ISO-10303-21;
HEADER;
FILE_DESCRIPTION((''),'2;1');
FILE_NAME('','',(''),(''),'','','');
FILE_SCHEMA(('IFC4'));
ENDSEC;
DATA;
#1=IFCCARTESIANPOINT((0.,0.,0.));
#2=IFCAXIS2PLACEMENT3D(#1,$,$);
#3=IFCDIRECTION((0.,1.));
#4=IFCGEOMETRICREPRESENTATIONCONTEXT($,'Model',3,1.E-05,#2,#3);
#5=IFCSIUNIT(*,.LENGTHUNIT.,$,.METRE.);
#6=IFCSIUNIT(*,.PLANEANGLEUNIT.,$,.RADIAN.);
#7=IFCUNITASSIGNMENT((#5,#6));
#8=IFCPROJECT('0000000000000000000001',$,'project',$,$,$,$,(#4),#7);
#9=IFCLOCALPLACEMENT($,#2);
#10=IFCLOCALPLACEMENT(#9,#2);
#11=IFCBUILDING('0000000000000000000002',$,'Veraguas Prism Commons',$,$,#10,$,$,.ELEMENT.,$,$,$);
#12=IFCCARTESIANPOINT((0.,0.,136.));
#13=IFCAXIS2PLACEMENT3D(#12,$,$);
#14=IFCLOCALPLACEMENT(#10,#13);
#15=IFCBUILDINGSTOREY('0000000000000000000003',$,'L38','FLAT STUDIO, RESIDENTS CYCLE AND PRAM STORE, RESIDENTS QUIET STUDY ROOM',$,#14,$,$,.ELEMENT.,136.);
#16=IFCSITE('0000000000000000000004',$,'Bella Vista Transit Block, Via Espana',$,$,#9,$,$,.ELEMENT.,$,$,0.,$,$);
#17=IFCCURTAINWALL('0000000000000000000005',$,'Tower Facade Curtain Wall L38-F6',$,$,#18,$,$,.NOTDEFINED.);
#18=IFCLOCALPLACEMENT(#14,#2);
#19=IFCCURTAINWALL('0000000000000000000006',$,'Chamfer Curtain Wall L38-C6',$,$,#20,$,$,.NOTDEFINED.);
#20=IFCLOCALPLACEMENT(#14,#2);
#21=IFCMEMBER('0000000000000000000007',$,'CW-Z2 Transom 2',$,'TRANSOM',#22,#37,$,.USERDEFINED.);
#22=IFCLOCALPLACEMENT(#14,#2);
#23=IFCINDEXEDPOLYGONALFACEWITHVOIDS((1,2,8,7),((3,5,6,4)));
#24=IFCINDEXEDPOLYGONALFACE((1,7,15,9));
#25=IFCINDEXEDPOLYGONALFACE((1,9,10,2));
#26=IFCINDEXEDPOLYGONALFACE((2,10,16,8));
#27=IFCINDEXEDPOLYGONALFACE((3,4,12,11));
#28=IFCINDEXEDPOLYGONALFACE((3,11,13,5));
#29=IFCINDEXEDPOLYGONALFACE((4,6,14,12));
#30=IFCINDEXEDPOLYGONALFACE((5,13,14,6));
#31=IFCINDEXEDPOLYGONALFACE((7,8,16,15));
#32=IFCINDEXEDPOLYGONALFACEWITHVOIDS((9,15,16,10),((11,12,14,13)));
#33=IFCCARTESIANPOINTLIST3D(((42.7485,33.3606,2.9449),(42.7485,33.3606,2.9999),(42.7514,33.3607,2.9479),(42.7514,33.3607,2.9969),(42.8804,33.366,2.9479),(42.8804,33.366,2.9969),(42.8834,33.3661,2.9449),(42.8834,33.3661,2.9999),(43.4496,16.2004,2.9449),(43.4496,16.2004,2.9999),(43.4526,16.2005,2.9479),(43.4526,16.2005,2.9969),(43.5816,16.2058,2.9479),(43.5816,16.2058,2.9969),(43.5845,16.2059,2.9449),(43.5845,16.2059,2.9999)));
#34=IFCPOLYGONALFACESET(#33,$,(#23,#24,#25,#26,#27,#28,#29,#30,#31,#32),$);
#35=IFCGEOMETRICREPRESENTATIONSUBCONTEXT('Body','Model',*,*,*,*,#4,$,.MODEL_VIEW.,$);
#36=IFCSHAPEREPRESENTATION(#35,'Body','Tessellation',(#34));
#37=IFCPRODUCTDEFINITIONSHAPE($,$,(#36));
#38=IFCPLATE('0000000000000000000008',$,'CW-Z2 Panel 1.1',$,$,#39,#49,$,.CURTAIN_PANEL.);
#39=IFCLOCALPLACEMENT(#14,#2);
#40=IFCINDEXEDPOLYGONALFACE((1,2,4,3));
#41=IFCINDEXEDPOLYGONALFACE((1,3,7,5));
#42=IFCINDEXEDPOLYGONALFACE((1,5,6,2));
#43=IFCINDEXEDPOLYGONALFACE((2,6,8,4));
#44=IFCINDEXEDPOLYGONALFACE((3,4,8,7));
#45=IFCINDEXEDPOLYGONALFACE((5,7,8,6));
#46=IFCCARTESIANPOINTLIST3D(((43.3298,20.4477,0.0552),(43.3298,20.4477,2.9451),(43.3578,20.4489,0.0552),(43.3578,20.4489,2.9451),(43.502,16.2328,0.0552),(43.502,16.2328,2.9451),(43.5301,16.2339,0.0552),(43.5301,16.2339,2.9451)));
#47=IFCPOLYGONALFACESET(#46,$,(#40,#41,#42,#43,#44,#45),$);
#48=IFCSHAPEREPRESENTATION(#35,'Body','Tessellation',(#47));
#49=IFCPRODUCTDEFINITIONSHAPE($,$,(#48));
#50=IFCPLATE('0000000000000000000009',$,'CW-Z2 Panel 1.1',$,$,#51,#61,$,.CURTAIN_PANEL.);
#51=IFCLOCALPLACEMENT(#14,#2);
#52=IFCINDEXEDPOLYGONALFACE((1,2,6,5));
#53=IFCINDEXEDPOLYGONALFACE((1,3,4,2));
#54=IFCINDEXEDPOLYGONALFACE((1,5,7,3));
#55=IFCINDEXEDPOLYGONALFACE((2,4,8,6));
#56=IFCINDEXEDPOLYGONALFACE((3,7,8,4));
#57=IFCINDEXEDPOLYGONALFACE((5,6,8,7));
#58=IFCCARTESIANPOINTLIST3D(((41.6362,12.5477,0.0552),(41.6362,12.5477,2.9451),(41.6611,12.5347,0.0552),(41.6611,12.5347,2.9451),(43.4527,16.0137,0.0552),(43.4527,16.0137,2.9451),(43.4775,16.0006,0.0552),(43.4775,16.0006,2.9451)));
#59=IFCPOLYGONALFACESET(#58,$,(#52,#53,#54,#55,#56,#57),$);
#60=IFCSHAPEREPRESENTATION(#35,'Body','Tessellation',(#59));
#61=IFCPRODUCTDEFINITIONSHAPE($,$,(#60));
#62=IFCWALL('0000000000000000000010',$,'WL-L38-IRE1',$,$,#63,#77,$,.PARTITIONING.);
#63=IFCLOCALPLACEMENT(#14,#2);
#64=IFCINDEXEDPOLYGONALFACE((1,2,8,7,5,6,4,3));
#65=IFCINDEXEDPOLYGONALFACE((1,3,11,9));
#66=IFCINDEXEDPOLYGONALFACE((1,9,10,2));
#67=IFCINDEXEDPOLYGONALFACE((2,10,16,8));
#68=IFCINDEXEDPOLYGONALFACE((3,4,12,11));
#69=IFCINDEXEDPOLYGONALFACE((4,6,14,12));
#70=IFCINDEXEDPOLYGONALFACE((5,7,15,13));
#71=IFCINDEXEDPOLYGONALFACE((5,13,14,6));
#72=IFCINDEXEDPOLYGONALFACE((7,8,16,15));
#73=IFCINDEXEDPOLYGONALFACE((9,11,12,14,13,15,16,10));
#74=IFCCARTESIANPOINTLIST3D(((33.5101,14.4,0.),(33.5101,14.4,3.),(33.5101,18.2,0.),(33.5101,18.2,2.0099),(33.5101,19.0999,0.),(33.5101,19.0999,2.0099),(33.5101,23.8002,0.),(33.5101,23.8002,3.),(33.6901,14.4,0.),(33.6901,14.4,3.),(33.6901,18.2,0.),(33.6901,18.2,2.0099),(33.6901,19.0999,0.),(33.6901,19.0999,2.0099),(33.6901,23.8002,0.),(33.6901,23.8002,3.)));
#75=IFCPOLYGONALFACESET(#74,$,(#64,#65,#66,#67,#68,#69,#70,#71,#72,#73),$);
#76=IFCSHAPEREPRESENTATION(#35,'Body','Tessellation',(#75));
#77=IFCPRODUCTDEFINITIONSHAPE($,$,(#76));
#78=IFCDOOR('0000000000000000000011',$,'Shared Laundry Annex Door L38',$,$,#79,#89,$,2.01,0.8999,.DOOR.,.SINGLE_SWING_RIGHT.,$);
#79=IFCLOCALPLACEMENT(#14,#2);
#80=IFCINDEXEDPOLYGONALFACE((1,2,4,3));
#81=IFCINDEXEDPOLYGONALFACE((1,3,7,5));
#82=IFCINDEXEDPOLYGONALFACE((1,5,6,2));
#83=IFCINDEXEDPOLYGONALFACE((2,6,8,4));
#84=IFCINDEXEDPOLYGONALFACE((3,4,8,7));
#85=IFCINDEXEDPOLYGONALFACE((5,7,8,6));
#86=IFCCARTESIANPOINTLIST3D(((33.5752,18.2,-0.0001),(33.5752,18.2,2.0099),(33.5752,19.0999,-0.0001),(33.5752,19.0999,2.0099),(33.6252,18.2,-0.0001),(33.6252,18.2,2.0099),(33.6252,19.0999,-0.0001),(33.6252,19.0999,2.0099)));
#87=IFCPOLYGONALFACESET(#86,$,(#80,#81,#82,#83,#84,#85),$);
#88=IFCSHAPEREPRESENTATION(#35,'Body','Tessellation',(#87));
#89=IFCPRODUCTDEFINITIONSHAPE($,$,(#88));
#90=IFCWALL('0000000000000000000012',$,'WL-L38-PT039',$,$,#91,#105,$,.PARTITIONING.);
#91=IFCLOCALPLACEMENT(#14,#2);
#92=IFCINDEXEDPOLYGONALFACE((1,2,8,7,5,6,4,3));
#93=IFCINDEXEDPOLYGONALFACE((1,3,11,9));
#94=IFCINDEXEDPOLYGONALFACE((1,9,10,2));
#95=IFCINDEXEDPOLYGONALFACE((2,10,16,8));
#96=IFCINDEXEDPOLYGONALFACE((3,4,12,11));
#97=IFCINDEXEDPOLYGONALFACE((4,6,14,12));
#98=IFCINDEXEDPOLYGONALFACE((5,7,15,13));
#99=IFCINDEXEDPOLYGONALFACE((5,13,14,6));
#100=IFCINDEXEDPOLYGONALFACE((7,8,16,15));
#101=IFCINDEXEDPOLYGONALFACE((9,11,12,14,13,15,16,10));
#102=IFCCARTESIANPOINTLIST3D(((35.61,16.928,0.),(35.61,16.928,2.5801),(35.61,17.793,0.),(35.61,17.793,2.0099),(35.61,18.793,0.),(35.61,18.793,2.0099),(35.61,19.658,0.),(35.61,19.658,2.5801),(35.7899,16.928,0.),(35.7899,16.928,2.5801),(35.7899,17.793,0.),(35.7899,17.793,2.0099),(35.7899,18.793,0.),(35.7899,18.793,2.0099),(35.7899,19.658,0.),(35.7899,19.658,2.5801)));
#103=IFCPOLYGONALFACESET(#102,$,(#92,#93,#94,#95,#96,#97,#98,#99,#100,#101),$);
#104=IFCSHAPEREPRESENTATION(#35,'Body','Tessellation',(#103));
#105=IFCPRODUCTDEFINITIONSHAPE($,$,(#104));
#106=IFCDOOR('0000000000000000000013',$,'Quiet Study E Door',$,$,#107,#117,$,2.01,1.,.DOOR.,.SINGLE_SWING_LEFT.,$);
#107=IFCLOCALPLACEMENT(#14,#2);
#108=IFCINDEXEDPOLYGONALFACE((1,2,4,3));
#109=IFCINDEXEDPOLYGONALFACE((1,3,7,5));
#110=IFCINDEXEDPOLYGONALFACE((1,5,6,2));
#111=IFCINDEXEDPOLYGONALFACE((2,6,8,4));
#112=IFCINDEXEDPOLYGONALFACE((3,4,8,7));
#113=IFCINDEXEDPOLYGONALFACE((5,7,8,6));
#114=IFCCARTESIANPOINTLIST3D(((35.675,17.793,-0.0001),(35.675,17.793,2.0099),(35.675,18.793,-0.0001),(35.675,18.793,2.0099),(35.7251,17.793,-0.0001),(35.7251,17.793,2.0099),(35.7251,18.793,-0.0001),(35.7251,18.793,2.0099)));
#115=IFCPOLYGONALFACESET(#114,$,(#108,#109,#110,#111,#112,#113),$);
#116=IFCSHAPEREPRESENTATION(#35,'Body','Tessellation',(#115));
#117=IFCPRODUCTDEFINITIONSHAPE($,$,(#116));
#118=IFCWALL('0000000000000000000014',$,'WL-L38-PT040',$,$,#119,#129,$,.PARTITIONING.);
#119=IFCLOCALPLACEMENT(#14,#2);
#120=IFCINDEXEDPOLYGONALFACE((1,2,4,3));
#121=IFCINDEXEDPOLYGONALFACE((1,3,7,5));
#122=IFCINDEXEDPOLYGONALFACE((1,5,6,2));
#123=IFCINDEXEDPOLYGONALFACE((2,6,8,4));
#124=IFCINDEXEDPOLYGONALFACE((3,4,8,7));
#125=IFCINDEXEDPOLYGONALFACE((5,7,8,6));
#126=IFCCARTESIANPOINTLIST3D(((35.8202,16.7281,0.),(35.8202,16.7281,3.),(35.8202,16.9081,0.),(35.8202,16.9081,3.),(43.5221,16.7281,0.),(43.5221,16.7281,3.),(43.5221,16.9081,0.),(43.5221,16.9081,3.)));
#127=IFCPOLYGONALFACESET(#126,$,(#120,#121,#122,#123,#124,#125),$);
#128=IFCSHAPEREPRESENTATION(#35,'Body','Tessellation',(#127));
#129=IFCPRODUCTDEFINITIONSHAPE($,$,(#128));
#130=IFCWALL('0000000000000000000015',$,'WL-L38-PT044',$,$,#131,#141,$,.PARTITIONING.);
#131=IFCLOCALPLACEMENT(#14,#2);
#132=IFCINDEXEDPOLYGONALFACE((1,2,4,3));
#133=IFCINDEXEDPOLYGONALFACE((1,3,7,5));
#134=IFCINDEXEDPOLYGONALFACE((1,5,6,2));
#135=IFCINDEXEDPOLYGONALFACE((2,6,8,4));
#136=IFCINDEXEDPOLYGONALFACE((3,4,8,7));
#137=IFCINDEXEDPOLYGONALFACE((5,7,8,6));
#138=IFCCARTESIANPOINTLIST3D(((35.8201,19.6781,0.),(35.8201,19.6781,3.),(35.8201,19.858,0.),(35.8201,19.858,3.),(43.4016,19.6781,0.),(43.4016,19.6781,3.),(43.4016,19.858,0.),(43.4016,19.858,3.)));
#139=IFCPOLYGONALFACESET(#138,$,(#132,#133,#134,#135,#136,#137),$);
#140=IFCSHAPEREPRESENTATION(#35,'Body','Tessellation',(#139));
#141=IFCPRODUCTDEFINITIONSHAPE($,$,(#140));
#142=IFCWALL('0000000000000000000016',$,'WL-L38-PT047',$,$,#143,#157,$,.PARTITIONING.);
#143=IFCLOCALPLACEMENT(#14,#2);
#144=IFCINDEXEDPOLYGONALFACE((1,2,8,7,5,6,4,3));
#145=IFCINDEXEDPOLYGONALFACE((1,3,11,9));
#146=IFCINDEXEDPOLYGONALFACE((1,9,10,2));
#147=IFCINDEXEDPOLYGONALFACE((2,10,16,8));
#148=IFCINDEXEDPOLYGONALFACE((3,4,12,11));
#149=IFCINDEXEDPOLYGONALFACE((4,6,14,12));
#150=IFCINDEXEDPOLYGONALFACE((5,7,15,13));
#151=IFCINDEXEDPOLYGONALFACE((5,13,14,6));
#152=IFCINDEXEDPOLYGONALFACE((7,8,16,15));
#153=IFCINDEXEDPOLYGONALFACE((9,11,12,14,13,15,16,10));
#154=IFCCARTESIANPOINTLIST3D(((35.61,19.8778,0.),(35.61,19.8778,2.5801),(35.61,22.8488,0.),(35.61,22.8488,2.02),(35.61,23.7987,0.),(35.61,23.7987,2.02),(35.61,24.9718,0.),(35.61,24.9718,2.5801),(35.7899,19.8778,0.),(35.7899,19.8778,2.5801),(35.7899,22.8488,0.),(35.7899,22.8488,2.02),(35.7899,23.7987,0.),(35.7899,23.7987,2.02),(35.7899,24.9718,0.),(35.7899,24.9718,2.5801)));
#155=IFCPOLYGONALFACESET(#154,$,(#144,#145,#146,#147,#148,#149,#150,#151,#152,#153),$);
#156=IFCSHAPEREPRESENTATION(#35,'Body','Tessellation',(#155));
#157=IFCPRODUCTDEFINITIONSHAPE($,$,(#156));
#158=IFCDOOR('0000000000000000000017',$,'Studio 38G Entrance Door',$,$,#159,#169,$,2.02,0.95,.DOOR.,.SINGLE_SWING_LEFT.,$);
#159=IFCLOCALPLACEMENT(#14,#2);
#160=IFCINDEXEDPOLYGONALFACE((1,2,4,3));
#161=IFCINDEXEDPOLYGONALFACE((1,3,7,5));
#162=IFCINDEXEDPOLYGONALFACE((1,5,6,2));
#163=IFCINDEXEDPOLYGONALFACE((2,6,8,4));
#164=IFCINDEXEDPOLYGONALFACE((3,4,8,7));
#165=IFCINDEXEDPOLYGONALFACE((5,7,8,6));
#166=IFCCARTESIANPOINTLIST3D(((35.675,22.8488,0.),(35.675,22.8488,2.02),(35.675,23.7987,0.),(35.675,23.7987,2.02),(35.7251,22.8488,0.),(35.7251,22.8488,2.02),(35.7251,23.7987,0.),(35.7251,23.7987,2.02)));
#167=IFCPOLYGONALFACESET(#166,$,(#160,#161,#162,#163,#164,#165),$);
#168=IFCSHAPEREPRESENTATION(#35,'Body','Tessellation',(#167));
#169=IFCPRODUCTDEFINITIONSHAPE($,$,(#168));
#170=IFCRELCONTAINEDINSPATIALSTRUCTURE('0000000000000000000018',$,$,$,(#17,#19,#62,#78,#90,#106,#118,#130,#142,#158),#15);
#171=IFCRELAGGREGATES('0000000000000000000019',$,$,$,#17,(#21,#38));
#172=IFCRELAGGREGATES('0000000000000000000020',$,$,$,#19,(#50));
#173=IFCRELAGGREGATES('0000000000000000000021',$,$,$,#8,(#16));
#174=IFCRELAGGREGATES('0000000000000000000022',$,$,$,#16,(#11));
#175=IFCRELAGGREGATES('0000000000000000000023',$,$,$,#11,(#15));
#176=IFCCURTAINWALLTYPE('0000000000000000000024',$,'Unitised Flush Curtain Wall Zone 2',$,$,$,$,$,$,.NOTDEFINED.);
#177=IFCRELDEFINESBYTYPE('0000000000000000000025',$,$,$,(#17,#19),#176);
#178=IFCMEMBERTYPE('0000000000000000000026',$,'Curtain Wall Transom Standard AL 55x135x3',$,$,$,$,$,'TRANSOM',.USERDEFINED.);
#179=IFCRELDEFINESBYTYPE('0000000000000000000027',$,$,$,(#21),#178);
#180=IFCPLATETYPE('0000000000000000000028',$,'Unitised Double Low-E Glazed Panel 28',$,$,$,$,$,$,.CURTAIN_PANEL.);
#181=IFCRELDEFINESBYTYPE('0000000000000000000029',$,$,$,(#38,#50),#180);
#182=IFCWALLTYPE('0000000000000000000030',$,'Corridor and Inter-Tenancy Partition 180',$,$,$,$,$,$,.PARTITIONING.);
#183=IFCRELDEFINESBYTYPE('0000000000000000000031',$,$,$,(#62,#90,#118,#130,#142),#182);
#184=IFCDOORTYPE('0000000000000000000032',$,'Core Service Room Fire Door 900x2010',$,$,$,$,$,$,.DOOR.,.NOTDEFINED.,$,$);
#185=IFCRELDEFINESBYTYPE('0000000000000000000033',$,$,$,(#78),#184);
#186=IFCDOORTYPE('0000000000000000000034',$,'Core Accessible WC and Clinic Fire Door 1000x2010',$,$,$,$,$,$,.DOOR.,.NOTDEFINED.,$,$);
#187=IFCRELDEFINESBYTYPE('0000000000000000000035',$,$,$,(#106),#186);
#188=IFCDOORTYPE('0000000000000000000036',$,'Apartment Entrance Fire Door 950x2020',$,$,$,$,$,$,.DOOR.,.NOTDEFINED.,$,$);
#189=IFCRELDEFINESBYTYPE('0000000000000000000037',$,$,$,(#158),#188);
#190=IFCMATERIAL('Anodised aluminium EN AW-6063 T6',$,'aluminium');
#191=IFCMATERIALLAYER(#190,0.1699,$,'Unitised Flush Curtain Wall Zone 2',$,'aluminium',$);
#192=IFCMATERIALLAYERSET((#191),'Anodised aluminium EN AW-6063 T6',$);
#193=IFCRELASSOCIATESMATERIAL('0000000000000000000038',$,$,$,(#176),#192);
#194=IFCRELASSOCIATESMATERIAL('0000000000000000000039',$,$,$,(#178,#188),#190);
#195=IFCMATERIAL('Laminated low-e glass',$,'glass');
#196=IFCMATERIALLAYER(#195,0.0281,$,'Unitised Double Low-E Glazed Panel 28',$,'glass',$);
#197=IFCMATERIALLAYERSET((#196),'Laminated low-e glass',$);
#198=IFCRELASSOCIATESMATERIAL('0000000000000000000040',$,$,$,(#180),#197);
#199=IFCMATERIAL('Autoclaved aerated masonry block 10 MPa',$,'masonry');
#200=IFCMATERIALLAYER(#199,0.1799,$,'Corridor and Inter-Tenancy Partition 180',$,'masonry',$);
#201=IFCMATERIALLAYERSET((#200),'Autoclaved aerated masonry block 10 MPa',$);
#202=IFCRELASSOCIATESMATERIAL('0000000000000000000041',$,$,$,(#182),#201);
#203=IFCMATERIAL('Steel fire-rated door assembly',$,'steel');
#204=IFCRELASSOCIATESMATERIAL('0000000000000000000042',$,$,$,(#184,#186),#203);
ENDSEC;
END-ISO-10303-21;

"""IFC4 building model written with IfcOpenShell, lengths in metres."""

from ifc_helpers import new_model, si_unit, direction, frame, frame_2d, origin, origin_2d, place, context, subcontext, project, spatial, rectangle, hollow_rectangle, extrude, source, transform, mapped, material, layer, layer_set, material_profile, profile_set, type_object, element, fill, aggregate, save


model = new_model("IFC4")

# Units and contexts
model_context = context("Model", 3, precision=1e-05, world=origin(), true_north=direction((0.0, 1.0)))
body_context = subcontext(model_context, "Body", "Model", "MODEL_VIEW")
ifc_project = project(units=[si_unit("LENGTHUNIT", "METRE"), si_unit("PLANEANGLEUNIT", "RADIAN")], contexts=[model_context])

# Site, building, storey
site_placement = place(None, origin())
site = spatial("IfcSite", under=ifc_project, at=site_placement, Name="Bella Vista Transit Block, Via Espana", CompositionType="ELEMENT", RefElevation=0.0)
building_placement = place(site_placement, origin())
building = spatial("IfcBuilding", under=site, at=building_placement, Name="Veraguas Prism Commons", CompositionType="ELEMENT")
storey_placement = place(building_placement, frame((0.0, 0.0, 136.0)))
storey = spatial("IfcBuildingStorey", under=building, at=storey_placement, Name="L38", Description="FLAT STUDIO, RESIDENTS CYCLE AND PRAM STORE, RESIDENTS QUIET STUDY ROOM", CompositionType="ELEMENT", Elevation=136.0)

# Curtain wall
ifc_material_1 = material(Name="Anodised aluminium EN AW-6063 T6", Category="aluminium")
ifc_layer_1 = layer(ifc_material_1, 0.1699, Name="Unitised Flush Curtain Wall Zone 2", Category="aluminium")
ifc_layer_set_1 = layer_set([ifc_layer_1], Name="Anodised aluminium EN AW-6063 T6")
curtain_wall_type = type_object("IfcCurtainWallType", Name="Unitised Flush Curtain Wall Zone 2", PredefinedType="NOTDEFINED", material=ifc_layer_set_1)
curtain_wall_1_placement = place(storey_placement, origin())
curtain_wall_1 = element("IfcCurtainWall", 1, at=curtain_wall_1_placement, inside=storey, type_object=curtain_wall_type, Name="Tower Facade Curtain Wall L38-F6", PredefinedType="NOTDEFINED")

# Curtain wall
curtain_wall_2_placement = place(storey_placement, origin())
curtain_wall_2 = element("IfcCurtainWall", 2, at=curtain_wall_2_placement, inside=storey, type_object=curtain_wall_type, Name="Chamfer Curtain Wall L38-C6", PredefinedType="NOTDEFINED")

# Member
ifc_material_profile_1 = material_profile(ifc_material_1, hollow_rectangle(XDim=0.0549, YDim=0.135, WallThickness=0.0029, at=origin_2d()), Name="AL55X135X3")
ifc_profile_set_1 = profile_set([ifc_material_profile_1], Name="Anodised aluminium EN AW-6063 T6")
member_type_1 = type_object("IfcMemberType", Name="Curtain Wall Transom Standard AL 55x135x3", ElementType="TRANSOM", PredefinedType="USERDEFINED", material=ifc_profile_set_1)
shared_shape_1 = source(origin(), body_context, "Body", "SweptSolid", [
    extrude(hollow_rectangle(XDim=0.0549, YDim=0.135, WallThickness=0.0029, at=origin_2d()), origin(), (0.0, 0.0, 1.0), 17.1746),
])
member_1_placement = place(storey_placement, frame((43.5171, 16.2031, 2.9724), z_axis=(-0.040826, 0.999166, 0.0), x_axis=(0.0, 0.0, 1.0)))
member_1 = element("IfcMember", 3, at=member_1_placement, type_object=member_type_1, Name="CW-Z2 Transom 2", ObjectType="TRANSOM", PredefinedType="USERDEFINED", context=body_context, shape_type="MappedRepresentation", body=[
    mapped(shared_shape_1, transform((0.0, 0.0, 0.0), scale=1.0)),
])

# Plates
ifc_material_2 = material(Name="Laminated low-e glass", Category="glass")
ifc_layer_2 = layer(ifc_material_2, 0.0281, Name="Unitised Double Low-E Glazed Panel 28", Category="glass")
ifc_layer_set_2 = layer_set([ifc_layer_2], Name="Laminated low-e glass")
plate_type = type_object("IfcPlateType", Name="Unitised Double Low-E Glazed Panel 28", PredefinedType="CURTAIN_PANEL", material=ifc_layer_set_2)
shared_shape_2 = source(origin(), body_context, "Body", "SweptSolid", [
    extrude(rectangle(XDim=4.2185, YDim=0.0281, at=origin_2d()), origin(), (0.0, 0.0, 1.0), 2.8899),
])
plate_1_placement = place(storey_placement, frame((43.4299, 18.3408, 0.0552), z_axis=(0.0, 0.0, 1.0), x_axis=(-0.040836, 0.999166, 0.0)))
plate_1 = element("IfcPlate", 4, at=plate_1_placement, type_object=plate_type, Name="CW-Z2 Panel 1.1", PredefinedType="CURTAIN_PANEL", context=body_context, shape_type="MappedRepresentation", body=[
    mapped(shared_shape_2, transform((0.0, 0.0, 0.0), scale=1.0)),
])
aggregate(curtain_wall_1, [member_1, plate_1])
shared_shape_3 = source(origin(), body_context, "Body", "SweptSolid", [
    extrude(rectangle(XDim=3.9131, YDim=0.0281, at=origin_2d()), origin(), (0.0, 0.0, 1.0), 2.8899),
])
plate_2_placement = place(storey_placement, frame((42.5569, 14.2742, 0.0552), z_axis=(0.0, 0.0, 1.0), x_axis=(0.464201, 0.88573, 0.0)))
plate_2 = element("IfcPlate", 5, at=plate_2_placement, type_object=plate_type, Name="CW-Z2 Panel 1.1", PredefinedType="CURTAIN_PANEL", context=body_context, shape_type="MappedRepresentation", body=[
    mapped(shared_shape_3, transform((0.0, 0.0, 0.0), scale=1.0)),
])
aggregate(curtain_wall_2, [plate_2])

# Walls, openings, doors
ifc_material_3 = material(Name="Autoclaved aerated masonry block 10 MPa", Category="masonry")
ifc_layer_3 = layer(ifc_material_3, 0.1799, Name="Corridor and Inter-Tenancy Partition 180", Category="masonry")
ifc_layer_set_3 = layer_set([ifc_layer_3], Name="Autoclaved aerated masonry block 10 MPa")
wall_type_1 = type_object("IfcWallType", Name="Corridor and Inter-Tenancy Partition 180", PredefinedType="PARTITIONING", material=ifc_layer_set_3)
wall_1_placement = place(storey_placement, frame((33.6001, 14.3999, 0.0), z_axis=(0.0, 0.0, 1.0), x_axis=(0.0, 1.0, 0.0)))
wall_1 = element("IfcWall", 6, at=wall_1_placement, inside=storey, type_object=wall_type_1, Name="WL-L38-IRE1", PredefinedType="PARTITIONING", context=body_context, shape_type="SweptSolid", body=[
    extrude(rectangle(XDim=9.4001, YDim=0.1799, at=frame_2d((4.7002, 0.0))), origin(), (0.0, 0.0, 1.0), 3.0),
])
opening_1_placement = place(wall_1_placement, frame((3.8, 0.0, 0.0)))
opening_1 = element("IfcOpeningElement", 7, at=opening_1_placement, cuts=wall_1, PredefinedType="OPENING", context=body_context, shape_type="SweptSolid", body=[
    extrude(rectangle(XDim=0.8999, YDim=2.01, at=frame_2d((0.45, 1.0049))), frame((0.0, 0.0999, 0.0), z_axis=(0.0, -1.0, 0.0), x_axis=(1.0, 0.0, 0.0)), (0.0, 0.0, 1.0), 0.2),
])
ifc_material_4 = material(Name="Steel fire-rated door assembly", Category="steel")
door_type_1 = type_object("IfcDoorType", Name="Core Service Room Fire Door 900x2010", OperationType="NOTDEFINED", PredefinedType="DOOR", material=ifc_material_4)
shared_shape_4 = source(origin(), body_context, "Body", "SweptSolid", [
    extrude(rectangle(XDim=0.8999, YDim=2.01, at=frame_2d((0.45, 1.0049))), frame((0.0, 0.0249, 0.0), z_axis=(0.0, -1.0, 0.0), x_axis=(1.0, 0.0, 0.0)), (0.0, 0.0, 1.0), 0.05),
])
door_1_placement = place(opening_1_placement, origin())
door_1 = element("IfcDoor", 8, at=door_1_placement, inside=storey, type_object=door_type_1, Name="Shared Laundry Annex Door L38", OperationType="SINGLE_SWING_RIGHT", OverallHeight=2.01, OverallWidth=0.8999, PredefinedType="DOOR", context=body_context, shape_type="MappedRepresentation", body=[
    mapped(shared_shape_4, transform((0.0, 0.0, 0.0), scale=1.0)),
])
fill(opening_1, door_1)
wall_2_placement = place(storey_placement, frame((35.7, 16.928, 0.0), z_axis=(0.0, 0.0, 1.0), x_axis=(0.0, 1.0, 0.0)))
wall_2 = element("IfcWall", 9, at=wall_2_placement, inside=storey, type_object=wall_type_1, Name="WL-L38-PT039", PredefinedType="PARTITIONING", context=body_context, shape_type="SweptSolid", body=[
    extrude(rectangle(XDim=2.73, YDim=0.1799, at=frame_2d((1.365, 0.0))), origin(), (0.0, 0.0, 1.0), 2.5801),
])
opening_2_placement = place(wall_2_placement, frame((0.865, 0.0, 0.0)))
opening_2 = element("IfcOpeningElement", 10, at=opening_2_placement, cuts=wall_2, PredefinedType="OPENING", context=body_context, shape_type="SweptSolid", body=[
    extrude(rectangle(XDim=1.0, YDim=2.01, at=frame_2d((0.5, 1.0049))), frame((0.0, 0.0999, 0.0), z_axis=(0.0, -1.0, 0.0), x_axis=(1.0, 0.0, 0.0)), (0.0, 0.0, 1.0), 0.2),
])
door_type_2 = type_object("IfcDoorType", Name="Core Accessible WC and Clinic Fire Door 1000x2010", OperationType="NOTDEFINED", PredefinedType="DOOR", material=ifc_material_4)
shared_shape_5 = source(origin(), body_context, "Body", "SweptSolid", [
    extrude(rectangle(XDim=1.0, YDim=2.01, at=frame_2d((0.5, 1.0049))), frame((0.0, 0.0249, 0.0), z_axis=(0.0, -1.0, 0.0), x_axis=(1.0, 0.0, 0.0)), (0.0, 0.0, 1.0), 0.05),
])
door_2_placement = place(opening_2_placement, origin())
door_2 = element("IfcDoor", 11, at=door_2_placement, inside=storey, type_object=door_type_2, Name="Quiet Study E Door", OperationType="SINGLE_SWING_LEFT", OverallHeight=2.01, OverallWidth=1.0, PredefinedType="DOOR", context=body_context, shape_type="MappedRepresentation", body=[
    mapped(shared_shape_5, transform((0.0, 0.0, 0.0), scale=1.0)),
])
fill(opening_2, door_2)

# Walls
wall_3_placement = place(storey_placement, frame((35.8201, 16.8181, 0.0), z_axis=(0.0, 0.0, 1.0), x_axis=(1.0, 0.0, 0.0)))
element("IfcWall", 12, at=wall_3_placement, inside=storey, type_object=wall_type_1, Name="WL-L38-PT040", PredefinedType="PARTITIONING", context=body_context, shape_type="SweptSolid", body=[
    extrude(rectangle(XDim=7.7019, YDim=0.1799, at=frame_2d((3.8511, 0.0))), origin(), (0.0, 0.0, 1.0), 3.0),
])
wall_4_placement = place(storey_placement, frame((35.8201, 19.7681, 0.0), z_axis=(0.0, 0.0, 1.0), x_axis=(1.0, 0.0, 0.0)))
element("IfcWall", 13, at=wall_4_placement, inside=storey, type_object=wall_type_1, Name="WL-L38-PT044", PredefinedType="PARTITIONING", context=body_context, shape_type="SweptSolid", body=[
    extrude(rectangle(XDim=7.5815, YDim=0.1799, at=frame_2d((3.7908, 0.0))), origin(), (0.0, 0.0, 1.0), 3.0),
])

# Wall, opening, door
wall_5_placement = place(storey_placement, frame((35.7, 19.8779, 0.0), z_axis=(0.0, 0.0, 1.0), x_axis=(0.0, 1.0, 0.0)))
wall_5 = element("IfcWall", 14, at=wall_5_placement, inside=storey, type_object=wall_type_1, Name="WL-L38-PT047", PredefinedType="PARTITIONING", context=body_context, shape_type="SweptSolid", body=[
    extrude(rectangle(XDim=5.094, YDim=0.1799, at=frame_2d((2.5469, 0.0))), origin(), (0.0, 0.0, 1.0), 2.5801),
])
opening_3_placement = place(wall_5_placement, frame((2.9707, 0.0, 0.0)))
opening_3 = element("IfcOpeningElement", 15, at=opening_3_placement, cuts=wall_5, PredefinedType="OPENING", context=body_context, shape_type="SweptSolid", body=[
    extrude(rectangle(XDim=0.95, YDim=2.02, at=frame_2d((0.4751, 1.01))), frame((0.0, 0.0999, 0.0), z_axis=(0.0, -1.0, 0.0), x_axis=(1.0, 0.0, 0.0)), (0.0, 0.0, 1.0), 0.2),
])
door_type_3 = type_object("IfcDoorType", Name="Apartment Entrance Fire Door 950x2020", OperationType="NOTDEFINED", PredefinedType="DOOR", material=ifc_material_1)
shared_shape_6 = source(origin(), body_context, "Body", "SweptSolid", [
    extrude(rectangle(XDim=0.95, YDim=2.02, at=frame_2d((0.4751, 1.01))), frame((0.0, 0.0249, 0.0), z_axis=(0.0, -1.0, 0.0), x_axis=(1.0, 0.0, 0.0)), (0.0, 0.0, 1.0), 0.05),
])
door_3_placement = place(opening_3_placement, origin())
door_3 = element("IfcDoor", 16, at=door_3_placement, inside=storey, type_object=door_type_3, Name="Studio 38G Entrance Door", OperationType="SINGLE_SWING_LEFT", OverallHeight=2.02, OverallWidth=0.95, PredefinedType="DOOR", context=body_context, shape_type="MappedRepresentation", body=[
    mapped(shared_shape_6, transform((0.0, 0.0, 0.0), scale=1.0)),
])
fill(opening_3, door_3)

save(model, "model.ifc")
